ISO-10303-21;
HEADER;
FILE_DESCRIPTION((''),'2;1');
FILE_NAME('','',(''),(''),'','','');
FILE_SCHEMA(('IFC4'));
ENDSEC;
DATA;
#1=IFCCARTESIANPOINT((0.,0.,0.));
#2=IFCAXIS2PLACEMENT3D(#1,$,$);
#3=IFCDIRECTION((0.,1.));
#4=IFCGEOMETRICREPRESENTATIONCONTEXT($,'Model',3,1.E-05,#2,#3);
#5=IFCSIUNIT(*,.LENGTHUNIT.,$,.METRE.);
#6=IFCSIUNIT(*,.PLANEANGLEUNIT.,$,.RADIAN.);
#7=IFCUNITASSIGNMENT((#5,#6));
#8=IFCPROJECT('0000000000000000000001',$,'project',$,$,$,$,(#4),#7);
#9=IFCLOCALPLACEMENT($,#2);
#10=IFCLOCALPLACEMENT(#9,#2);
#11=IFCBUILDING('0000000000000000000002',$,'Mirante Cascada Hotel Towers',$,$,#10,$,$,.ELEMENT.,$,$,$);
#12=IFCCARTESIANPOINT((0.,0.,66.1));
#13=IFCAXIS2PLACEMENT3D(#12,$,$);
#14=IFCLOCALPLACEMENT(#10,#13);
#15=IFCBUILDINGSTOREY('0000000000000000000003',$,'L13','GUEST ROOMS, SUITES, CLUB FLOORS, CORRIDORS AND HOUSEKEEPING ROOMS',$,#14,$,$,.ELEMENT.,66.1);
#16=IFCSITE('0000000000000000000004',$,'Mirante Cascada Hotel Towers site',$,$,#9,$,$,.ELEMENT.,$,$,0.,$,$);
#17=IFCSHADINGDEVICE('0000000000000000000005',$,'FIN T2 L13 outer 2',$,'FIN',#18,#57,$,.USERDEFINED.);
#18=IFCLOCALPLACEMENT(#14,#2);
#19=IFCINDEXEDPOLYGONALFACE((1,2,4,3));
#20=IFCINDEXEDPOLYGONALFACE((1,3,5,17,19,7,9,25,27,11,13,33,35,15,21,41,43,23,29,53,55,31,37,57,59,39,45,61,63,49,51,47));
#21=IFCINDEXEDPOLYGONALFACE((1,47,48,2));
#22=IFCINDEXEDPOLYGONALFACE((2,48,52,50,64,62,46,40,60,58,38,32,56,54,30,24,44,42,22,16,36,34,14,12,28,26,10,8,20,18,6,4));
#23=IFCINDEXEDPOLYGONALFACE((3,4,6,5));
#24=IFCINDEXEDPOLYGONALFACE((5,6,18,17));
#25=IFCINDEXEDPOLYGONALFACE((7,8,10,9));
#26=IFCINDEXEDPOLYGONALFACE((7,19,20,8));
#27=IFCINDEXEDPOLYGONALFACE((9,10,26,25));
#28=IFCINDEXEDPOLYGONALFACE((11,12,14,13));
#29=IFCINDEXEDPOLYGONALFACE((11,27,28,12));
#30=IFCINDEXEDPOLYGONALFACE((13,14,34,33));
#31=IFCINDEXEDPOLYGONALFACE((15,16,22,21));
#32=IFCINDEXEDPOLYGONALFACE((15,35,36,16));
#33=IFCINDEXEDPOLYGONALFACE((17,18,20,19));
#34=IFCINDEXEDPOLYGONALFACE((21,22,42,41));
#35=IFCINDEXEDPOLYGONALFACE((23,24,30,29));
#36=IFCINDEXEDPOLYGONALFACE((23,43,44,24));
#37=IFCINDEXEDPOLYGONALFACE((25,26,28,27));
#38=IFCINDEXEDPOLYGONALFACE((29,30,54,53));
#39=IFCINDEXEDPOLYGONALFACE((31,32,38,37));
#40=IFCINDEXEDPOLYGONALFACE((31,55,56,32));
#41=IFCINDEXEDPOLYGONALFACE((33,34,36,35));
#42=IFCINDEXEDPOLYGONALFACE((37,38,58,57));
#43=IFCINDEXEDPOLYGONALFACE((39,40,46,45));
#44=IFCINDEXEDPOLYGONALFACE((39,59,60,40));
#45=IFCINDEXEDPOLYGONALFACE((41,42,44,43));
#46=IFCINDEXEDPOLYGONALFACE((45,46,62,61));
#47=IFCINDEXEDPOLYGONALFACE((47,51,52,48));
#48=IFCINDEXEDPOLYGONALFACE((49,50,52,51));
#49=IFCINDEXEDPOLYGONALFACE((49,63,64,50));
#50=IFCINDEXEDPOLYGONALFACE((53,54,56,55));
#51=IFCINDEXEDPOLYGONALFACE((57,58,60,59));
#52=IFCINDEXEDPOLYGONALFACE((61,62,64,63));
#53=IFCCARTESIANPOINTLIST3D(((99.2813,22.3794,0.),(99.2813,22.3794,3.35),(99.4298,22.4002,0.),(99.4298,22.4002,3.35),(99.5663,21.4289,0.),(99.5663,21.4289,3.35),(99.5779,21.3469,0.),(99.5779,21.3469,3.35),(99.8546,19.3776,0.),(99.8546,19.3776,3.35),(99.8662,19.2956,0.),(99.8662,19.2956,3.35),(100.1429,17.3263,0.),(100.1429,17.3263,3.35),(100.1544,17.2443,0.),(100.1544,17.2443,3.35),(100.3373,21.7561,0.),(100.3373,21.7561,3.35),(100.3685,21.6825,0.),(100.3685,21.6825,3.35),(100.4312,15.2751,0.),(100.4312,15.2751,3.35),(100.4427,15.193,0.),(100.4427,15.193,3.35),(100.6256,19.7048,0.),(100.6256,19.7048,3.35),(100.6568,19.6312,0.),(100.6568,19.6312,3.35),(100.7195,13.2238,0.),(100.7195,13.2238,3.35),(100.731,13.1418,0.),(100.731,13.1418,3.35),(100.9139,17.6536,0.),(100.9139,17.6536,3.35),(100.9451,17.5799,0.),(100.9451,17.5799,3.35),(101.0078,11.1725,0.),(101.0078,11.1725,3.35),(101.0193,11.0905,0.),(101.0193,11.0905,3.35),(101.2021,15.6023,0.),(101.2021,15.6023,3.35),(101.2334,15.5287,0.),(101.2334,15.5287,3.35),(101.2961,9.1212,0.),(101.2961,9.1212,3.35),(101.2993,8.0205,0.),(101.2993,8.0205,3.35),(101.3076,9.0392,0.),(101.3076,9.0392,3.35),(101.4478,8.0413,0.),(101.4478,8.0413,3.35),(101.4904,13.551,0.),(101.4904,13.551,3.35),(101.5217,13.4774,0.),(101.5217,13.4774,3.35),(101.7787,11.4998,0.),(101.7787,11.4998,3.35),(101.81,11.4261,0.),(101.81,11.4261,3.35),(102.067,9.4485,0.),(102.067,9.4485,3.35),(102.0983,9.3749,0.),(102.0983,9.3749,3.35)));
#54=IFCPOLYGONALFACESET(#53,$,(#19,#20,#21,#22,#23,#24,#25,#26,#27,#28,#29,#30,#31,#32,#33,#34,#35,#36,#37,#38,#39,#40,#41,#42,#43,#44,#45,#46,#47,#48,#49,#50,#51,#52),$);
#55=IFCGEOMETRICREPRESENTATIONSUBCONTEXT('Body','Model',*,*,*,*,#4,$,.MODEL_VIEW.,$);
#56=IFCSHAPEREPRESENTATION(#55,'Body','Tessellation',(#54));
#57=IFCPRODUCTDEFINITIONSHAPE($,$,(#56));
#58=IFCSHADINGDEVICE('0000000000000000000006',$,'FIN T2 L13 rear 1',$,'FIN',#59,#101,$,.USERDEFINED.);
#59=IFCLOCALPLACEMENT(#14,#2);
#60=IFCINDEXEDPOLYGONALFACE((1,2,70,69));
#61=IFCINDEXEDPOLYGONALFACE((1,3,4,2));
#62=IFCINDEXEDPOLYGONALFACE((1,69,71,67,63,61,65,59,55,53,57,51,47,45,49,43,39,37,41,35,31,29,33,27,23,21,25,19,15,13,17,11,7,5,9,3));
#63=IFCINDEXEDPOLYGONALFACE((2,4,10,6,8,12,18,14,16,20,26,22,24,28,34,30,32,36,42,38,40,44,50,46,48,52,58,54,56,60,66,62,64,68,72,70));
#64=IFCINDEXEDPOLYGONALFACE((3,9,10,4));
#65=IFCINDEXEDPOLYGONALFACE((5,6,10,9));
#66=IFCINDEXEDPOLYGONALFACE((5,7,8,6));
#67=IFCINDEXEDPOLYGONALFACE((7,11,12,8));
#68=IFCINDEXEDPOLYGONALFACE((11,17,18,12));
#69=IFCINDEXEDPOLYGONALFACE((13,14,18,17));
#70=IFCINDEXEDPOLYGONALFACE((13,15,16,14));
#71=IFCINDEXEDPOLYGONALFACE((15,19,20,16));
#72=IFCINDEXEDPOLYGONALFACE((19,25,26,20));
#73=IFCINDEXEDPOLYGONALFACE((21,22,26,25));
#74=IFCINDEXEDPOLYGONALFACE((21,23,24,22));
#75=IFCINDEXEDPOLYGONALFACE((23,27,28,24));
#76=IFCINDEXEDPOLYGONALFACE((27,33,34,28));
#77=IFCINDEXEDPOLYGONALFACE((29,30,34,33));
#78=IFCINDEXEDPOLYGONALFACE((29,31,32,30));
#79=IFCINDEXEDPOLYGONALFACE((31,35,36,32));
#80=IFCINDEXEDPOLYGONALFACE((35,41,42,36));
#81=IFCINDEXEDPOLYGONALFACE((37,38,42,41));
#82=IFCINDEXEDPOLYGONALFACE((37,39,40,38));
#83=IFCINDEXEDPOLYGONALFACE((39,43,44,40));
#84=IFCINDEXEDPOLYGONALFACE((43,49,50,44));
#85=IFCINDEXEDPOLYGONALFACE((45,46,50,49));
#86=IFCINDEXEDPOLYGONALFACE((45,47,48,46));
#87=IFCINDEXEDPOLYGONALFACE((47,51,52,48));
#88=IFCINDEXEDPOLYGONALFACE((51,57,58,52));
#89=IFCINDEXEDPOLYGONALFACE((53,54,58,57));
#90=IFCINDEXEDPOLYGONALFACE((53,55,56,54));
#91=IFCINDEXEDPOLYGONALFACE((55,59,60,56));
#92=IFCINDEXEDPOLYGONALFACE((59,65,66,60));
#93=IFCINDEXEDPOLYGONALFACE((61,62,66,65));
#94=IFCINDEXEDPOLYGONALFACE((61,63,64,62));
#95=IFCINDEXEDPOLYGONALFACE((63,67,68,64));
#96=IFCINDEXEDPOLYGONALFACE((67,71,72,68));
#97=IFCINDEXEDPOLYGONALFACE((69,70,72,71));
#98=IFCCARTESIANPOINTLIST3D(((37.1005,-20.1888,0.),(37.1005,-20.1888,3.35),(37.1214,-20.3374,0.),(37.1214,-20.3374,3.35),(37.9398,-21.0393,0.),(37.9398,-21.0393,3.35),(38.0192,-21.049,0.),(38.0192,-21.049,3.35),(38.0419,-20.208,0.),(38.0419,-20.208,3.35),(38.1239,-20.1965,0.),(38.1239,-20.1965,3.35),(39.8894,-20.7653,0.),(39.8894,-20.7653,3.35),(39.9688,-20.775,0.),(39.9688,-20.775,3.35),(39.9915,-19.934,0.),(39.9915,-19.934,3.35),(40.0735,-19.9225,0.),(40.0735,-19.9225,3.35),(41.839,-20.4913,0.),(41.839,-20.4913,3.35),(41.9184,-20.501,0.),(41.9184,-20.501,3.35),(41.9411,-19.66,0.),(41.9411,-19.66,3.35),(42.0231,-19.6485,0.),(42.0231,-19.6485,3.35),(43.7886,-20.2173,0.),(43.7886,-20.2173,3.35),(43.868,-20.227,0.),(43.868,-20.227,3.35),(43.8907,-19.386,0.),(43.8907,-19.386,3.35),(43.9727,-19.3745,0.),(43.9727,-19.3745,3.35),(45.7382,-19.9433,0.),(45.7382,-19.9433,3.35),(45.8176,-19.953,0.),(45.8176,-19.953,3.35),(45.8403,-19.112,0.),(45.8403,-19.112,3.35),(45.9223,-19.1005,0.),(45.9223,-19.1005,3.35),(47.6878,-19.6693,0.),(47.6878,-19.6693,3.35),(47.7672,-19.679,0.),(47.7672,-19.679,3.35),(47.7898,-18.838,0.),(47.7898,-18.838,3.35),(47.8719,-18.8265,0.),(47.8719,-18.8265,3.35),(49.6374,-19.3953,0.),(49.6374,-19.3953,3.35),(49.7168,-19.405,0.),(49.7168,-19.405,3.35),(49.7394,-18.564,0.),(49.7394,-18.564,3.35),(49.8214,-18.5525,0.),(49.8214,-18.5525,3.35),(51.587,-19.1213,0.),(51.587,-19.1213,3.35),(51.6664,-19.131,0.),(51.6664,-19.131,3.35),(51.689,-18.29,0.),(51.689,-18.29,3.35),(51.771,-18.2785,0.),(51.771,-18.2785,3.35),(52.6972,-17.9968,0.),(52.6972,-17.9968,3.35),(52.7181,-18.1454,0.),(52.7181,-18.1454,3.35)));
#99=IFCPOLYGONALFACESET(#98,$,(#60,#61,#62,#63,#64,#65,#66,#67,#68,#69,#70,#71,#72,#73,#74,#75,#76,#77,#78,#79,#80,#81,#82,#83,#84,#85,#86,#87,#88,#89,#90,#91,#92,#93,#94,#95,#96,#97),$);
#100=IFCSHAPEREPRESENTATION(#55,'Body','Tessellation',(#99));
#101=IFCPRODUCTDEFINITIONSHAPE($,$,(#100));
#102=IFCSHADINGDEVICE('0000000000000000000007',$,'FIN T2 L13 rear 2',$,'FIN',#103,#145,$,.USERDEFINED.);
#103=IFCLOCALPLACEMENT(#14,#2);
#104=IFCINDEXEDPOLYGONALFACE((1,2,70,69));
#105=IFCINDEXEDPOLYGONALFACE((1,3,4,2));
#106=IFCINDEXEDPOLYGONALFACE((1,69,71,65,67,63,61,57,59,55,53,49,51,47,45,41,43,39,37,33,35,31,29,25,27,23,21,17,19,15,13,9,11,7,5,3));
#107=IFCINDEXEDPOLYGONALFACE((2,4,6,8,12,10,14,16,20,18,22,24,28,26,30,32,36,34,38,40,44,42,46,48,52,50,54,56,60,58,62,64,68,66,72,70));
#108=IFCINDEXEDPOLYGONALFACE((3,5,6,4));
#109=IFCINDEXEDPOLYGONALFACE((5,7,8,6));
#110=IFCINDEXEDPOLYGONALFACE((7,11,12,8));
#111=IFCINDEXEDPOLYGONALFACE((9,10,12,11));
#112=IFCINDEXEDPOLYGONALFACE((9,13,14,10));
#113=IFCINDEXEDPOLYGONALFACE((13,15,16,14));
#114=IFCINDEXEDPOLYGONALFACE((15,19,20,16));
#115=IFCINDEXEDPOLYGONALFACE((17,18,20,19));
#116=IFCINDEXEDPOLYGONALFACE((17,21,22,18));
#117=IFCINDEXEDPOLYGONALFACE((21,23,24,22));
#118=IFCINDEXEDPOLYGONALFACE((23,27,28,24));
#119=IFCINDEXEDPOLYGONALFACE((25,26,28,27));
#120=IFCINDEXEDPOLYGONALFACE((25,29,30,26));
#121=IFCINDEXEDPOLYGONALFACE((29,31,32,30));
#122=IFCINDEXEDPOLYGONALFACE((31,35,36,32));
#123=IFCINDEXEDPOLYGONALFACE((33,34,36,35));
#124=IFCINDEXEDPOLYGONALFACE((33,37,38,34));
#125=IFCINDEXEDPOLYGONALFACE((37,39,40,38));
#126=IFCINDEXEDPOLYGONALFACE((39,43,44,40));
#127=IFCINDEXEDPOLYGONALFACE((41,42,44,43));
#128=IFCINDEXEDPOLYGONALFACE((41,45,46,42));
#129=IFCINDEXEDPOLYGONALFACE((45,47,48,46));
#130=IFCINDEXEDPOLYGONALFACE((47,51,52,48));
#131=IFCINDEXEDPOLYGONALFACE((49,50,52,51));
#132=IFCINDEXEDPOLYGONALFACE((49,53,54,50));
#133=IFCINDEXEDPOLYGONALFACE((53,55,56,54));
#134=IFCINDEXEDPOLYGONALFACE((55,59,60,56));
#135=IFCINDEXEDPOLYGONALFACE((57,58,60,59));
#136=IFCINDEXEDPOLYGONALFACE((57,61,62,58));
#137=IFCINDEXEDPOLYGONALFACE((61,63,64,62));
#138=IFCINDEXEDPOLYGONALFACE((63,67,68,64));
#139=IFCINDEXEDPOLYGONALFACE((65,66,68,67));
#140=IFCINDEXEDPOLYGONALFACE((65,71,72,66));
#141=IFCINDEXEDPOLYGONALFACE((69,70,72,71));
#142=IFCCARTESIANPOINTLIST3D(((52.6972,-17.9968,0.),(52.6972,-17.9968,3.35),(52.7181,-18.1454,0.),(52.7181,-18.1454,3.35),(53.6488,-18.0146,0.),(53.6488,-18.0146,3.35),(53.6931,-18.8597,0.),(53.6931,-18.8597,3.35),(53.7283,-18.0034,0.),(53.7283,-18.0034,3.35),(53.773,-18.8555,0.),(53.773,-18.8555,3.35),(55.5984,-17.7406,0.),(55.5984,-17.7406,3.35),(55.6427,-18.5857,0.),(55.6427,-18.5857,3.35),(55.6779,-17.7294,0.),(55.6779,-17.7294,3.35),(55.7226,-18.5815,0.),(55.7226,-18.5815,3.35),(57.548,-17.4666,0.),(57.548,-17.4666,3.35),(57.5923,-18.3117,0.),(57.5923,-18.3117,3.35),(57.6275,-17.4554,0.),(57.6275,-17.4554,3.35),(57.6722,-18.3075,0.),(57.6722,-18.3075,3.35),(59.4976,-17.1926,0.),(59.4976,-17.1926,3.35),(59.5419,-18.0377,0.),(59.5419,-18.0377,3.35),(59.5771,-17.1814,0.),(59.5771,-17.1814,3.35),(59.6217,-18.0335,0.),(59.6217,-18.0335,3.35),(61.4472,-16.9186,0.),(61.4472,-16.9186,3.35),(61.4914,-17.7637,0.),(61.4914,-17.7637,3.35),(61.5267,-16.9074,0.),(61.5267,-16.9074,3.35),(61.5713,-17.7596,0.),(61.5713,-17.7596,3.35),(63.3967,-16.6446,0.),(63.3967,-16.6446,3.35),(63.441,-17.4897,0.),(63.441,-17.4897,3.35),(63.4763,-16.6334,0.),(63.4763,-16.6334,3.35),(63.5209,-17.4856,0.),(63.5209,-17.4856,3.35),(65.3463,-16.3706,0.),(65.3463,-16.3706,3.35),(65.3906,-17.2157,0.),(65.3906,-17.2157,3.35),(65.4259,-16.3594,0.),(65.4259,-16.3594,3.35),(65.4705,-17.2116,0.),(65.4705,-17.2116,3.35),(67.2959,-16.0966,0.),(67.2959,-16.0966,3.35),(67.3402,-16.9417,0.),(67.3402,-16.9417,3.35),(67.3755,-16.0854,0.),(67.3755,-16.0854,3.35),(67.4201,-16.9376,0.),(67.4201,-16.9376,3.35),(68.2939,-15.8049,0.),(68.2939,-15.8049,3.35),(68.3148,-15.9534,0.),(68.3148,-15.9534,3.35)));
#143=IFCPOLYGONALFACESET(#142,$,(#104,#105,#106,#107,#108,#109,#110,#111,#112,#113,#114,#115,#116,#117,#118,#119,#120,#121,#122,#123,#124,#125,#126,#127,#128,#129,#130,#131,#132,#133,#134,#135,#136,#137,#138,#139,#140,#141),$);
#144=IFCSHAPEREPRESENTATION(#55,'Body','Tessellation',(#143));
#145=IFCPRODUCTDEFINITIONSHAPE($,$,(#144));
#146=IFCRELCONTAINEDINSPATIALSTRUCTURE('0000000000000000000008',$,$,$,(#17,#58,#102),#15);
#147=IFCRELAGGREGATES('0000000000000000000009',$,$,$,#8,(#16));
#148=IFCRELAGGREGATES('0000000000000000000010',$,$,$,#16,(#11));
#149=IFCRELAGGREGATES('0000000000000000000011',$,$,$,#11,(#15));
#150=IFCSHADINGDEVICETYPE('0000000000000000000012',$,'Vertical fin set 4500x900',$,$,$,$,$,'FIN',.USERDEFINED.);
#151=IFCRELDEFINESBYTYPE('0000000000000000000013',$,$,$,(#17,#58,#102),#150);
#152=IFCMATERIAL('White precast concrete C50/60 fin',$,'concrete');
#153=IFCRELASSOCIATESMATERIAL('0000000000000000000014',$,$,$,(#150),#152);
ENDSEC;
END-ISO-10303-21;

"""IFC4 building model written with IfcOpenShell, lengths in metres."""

from ifc_helpers import new_model, si_unit, direction, frame, origin, place, context, subcontext, project, spatial, polyline, outline, extrude, material, type_object, element, save


model = new_model("IFC4")

# Units and contexts
model_context = context("Model", 3, precision=1e-05, world=origin(), true_north=direction((0.0, 1.0)))
body_context = subcontext(model_context, "Body", "Model", "MODEL_VIEW")
ifc_project = project(units=[si_unit("LENGTHUNIT", "METRE"), si_unit("PLANEANGLEUNIT", "RADIAN")], contexts=[model_context])

# Site, building, storey
site_placement = place(None, origin())
site = spatial("IfcSite", under=ifc_project, at=site_placement, Name="Mirante Cascada Hotel Towers site", CompositionType="ELEMENT", RefElevation=0.0)
building_placement = place(site_placement, origin())
building = spatial("IfcBuilding", under=site, at=building_placement, Name="Mirante Cascada Hotel Towers", CompositionType="ELEMENT")
storey_placement = place(building_placement, frame((0.0, 0.0, 66.1)))
storey = spatial("IfcBuildingStorey", under=building, at=storey_placement, Name="L13", Description="GUEST ROOMS, SUITES, CLUB FLOORS, CORRIDORS AND HOUSEKEEPING ROOMS", CompositionType="ELEMENT", Elevation=66.1)

# Shading devices
ifc_material_1 = material(Name="White precast concrete C50/60 fin", Category="concrete")
shading_device_type = type_object("IfcShadingDeviceType", Name="Vertical fin set 4500x900", ElementType="FIN", PredefinedType="USERDEFINED", material=ifc_material_1)
shading_device_1_placement = place(storey_placement, origin())
element("IfcShadingDevice", 1, at=shading_device_1_placement, inside=storey, type_object=shading_device_type, Name="FIN T2 L13 outer 2", ObjectType="FIN", PredefinedType="USERDEFINED", context=body_context, shape_type="SweptSolid", body=[
    extrude(outline(polyline([(102.0983, 9.3749), (101.3076, 9.0392), (101.4478, 8.0413), (101.2993, 8.0205), (99.2813, 22.3794), (99.4298, 22.4002), (99.5663, 21.4289), (100.3373, 21.7561), (100.3685, 21.6825), (99.5779, 21.3469), (99.8546, 19.3776), (100.6256, 19.7048), (100.6568, 19.6312), (99.8662, 19.2956), (100.1429, 17.3263), (100.9139, 17.6536), (100.9451, 17.5799), (100.1544, 17.2443), (100.4312, 15.2751), (101.2021, 15.6023), (101.2334, 15.5287), (100.4427, 15.193), (100.7195, 13.2238), (101.4904, 13.551), (101.5217, 13.4774), (100.731, 13.1418), (101.0078, 11.1725), (101.7787, 11.4998), (101.81, 11.4261), (101.0193, 11.0905), (101.2961, 9.1212), (102.067, 9.4485), (102.0983, 9.3749)])), origin(), (0.0, 0.0, 1.0), 3.35),
])
shading_device_2_placement = place(storey_placement, origin())
element("IfcShadingDevice", 2, at=shading_device_2_placement, inside=storey, type_object=shading_device_type, Name="FIN T2 L13 rear 1", ObjectType="FIN", PredefinedType="USERDEFINED", context=body_context, shape_type="SweptSolid", body=[
    extrude(outline(polyline([(37.9398, -21.0393), (38.0419, -20.208), (37.1214, -20.3374), (37.1005, -20.1888), (52.6972, -17.9968), (52.7181, -18.1454), (51.771, -18.2785), (51.6664, -19.131), (51.587, -19.1213), (51.689, -18.29), (49.8214, -18.5525), (49.7168, -19.405), (49.6374, -19.3953), (49.7394, -18.564), (47.8719, -18.8265), (47.7672, -19.679), (47.6878, -19.6693), (47.7898, -18.838), (45.9223, -19.1005), (45.8176, -19.953), (45.7382, -19.9433), (45.8403, -19.112), (43.9727, -19.3745), (43.868, -20.227), (43.7886, -20.2173), (43.8907, -19.386), (42.0231, -19.6485), (41.9184, -20.501), (41.839, -20.4913), (41.9411, -19.66), (40.0735, -19.9225), (39.9688, -20.775), (39.8894, -20.7653), (39.9915, -19.934), (38.1239, -20.1965), (38.0192, -21.049), (37.9398, -21.0393)])), origin(), (0.0, 0.0, 1.0), 3.35),
])
shading_device_3_placement = place(storey_placement, origin())
element("IfcShadingDevice", 3, at=shading_device_3_placement, inside=storey, type_object=shading_device_type, Name="FIN T2 L13 rear 2", ObjectType="FIN", PredefinedType="USERDEFINED", context=body_context, shape_type="SweptSolid", body=[
    extrude(outline(polyline([(53.6931, -18.8597), (53.6488, -18.0146), (52.7181, -18.1454), (52.6972, -17.9968), (68.2939, -15.8049), (68.3148, -15.9534), (67.3755, -16.0854), (67.4201, -16.9376), (67.3402, -16.9417), (67.2959, -16.0966), (65.4259, -16.3594), (65.4705, -17.2116), (65.3906, -17.2157), (65.3463, -16.3706), (63.4763, -16.6334), (63.5209, -17.4856), (63.441, -17.4897), (63.3967, -16.6446), (61.5267, -16.9074), (61.5713, -17.7596), (61.4914, -17.7637), (61.4472, -16.9186), (59.5771, -17.1814), (59.6217, -18.0335), (59.5419, -18.0377), (59.4976, -17.1926), (57.6275, -17.4554), (57.6722, -18.3075), (57.5923, -18.3117), (57.548, -17.4666), (55.6779, -17.7294), (55.7226, -18.5815), (55.6427, -18.5857), (55.5984, -17.7406), (53.7283, -18.0034), (53.773, -18.8555), (53.6931, -18.8597)])), origin(), (0.0, 0.0, 1.0), 3.35),
])

save(model, "model.ifc")
